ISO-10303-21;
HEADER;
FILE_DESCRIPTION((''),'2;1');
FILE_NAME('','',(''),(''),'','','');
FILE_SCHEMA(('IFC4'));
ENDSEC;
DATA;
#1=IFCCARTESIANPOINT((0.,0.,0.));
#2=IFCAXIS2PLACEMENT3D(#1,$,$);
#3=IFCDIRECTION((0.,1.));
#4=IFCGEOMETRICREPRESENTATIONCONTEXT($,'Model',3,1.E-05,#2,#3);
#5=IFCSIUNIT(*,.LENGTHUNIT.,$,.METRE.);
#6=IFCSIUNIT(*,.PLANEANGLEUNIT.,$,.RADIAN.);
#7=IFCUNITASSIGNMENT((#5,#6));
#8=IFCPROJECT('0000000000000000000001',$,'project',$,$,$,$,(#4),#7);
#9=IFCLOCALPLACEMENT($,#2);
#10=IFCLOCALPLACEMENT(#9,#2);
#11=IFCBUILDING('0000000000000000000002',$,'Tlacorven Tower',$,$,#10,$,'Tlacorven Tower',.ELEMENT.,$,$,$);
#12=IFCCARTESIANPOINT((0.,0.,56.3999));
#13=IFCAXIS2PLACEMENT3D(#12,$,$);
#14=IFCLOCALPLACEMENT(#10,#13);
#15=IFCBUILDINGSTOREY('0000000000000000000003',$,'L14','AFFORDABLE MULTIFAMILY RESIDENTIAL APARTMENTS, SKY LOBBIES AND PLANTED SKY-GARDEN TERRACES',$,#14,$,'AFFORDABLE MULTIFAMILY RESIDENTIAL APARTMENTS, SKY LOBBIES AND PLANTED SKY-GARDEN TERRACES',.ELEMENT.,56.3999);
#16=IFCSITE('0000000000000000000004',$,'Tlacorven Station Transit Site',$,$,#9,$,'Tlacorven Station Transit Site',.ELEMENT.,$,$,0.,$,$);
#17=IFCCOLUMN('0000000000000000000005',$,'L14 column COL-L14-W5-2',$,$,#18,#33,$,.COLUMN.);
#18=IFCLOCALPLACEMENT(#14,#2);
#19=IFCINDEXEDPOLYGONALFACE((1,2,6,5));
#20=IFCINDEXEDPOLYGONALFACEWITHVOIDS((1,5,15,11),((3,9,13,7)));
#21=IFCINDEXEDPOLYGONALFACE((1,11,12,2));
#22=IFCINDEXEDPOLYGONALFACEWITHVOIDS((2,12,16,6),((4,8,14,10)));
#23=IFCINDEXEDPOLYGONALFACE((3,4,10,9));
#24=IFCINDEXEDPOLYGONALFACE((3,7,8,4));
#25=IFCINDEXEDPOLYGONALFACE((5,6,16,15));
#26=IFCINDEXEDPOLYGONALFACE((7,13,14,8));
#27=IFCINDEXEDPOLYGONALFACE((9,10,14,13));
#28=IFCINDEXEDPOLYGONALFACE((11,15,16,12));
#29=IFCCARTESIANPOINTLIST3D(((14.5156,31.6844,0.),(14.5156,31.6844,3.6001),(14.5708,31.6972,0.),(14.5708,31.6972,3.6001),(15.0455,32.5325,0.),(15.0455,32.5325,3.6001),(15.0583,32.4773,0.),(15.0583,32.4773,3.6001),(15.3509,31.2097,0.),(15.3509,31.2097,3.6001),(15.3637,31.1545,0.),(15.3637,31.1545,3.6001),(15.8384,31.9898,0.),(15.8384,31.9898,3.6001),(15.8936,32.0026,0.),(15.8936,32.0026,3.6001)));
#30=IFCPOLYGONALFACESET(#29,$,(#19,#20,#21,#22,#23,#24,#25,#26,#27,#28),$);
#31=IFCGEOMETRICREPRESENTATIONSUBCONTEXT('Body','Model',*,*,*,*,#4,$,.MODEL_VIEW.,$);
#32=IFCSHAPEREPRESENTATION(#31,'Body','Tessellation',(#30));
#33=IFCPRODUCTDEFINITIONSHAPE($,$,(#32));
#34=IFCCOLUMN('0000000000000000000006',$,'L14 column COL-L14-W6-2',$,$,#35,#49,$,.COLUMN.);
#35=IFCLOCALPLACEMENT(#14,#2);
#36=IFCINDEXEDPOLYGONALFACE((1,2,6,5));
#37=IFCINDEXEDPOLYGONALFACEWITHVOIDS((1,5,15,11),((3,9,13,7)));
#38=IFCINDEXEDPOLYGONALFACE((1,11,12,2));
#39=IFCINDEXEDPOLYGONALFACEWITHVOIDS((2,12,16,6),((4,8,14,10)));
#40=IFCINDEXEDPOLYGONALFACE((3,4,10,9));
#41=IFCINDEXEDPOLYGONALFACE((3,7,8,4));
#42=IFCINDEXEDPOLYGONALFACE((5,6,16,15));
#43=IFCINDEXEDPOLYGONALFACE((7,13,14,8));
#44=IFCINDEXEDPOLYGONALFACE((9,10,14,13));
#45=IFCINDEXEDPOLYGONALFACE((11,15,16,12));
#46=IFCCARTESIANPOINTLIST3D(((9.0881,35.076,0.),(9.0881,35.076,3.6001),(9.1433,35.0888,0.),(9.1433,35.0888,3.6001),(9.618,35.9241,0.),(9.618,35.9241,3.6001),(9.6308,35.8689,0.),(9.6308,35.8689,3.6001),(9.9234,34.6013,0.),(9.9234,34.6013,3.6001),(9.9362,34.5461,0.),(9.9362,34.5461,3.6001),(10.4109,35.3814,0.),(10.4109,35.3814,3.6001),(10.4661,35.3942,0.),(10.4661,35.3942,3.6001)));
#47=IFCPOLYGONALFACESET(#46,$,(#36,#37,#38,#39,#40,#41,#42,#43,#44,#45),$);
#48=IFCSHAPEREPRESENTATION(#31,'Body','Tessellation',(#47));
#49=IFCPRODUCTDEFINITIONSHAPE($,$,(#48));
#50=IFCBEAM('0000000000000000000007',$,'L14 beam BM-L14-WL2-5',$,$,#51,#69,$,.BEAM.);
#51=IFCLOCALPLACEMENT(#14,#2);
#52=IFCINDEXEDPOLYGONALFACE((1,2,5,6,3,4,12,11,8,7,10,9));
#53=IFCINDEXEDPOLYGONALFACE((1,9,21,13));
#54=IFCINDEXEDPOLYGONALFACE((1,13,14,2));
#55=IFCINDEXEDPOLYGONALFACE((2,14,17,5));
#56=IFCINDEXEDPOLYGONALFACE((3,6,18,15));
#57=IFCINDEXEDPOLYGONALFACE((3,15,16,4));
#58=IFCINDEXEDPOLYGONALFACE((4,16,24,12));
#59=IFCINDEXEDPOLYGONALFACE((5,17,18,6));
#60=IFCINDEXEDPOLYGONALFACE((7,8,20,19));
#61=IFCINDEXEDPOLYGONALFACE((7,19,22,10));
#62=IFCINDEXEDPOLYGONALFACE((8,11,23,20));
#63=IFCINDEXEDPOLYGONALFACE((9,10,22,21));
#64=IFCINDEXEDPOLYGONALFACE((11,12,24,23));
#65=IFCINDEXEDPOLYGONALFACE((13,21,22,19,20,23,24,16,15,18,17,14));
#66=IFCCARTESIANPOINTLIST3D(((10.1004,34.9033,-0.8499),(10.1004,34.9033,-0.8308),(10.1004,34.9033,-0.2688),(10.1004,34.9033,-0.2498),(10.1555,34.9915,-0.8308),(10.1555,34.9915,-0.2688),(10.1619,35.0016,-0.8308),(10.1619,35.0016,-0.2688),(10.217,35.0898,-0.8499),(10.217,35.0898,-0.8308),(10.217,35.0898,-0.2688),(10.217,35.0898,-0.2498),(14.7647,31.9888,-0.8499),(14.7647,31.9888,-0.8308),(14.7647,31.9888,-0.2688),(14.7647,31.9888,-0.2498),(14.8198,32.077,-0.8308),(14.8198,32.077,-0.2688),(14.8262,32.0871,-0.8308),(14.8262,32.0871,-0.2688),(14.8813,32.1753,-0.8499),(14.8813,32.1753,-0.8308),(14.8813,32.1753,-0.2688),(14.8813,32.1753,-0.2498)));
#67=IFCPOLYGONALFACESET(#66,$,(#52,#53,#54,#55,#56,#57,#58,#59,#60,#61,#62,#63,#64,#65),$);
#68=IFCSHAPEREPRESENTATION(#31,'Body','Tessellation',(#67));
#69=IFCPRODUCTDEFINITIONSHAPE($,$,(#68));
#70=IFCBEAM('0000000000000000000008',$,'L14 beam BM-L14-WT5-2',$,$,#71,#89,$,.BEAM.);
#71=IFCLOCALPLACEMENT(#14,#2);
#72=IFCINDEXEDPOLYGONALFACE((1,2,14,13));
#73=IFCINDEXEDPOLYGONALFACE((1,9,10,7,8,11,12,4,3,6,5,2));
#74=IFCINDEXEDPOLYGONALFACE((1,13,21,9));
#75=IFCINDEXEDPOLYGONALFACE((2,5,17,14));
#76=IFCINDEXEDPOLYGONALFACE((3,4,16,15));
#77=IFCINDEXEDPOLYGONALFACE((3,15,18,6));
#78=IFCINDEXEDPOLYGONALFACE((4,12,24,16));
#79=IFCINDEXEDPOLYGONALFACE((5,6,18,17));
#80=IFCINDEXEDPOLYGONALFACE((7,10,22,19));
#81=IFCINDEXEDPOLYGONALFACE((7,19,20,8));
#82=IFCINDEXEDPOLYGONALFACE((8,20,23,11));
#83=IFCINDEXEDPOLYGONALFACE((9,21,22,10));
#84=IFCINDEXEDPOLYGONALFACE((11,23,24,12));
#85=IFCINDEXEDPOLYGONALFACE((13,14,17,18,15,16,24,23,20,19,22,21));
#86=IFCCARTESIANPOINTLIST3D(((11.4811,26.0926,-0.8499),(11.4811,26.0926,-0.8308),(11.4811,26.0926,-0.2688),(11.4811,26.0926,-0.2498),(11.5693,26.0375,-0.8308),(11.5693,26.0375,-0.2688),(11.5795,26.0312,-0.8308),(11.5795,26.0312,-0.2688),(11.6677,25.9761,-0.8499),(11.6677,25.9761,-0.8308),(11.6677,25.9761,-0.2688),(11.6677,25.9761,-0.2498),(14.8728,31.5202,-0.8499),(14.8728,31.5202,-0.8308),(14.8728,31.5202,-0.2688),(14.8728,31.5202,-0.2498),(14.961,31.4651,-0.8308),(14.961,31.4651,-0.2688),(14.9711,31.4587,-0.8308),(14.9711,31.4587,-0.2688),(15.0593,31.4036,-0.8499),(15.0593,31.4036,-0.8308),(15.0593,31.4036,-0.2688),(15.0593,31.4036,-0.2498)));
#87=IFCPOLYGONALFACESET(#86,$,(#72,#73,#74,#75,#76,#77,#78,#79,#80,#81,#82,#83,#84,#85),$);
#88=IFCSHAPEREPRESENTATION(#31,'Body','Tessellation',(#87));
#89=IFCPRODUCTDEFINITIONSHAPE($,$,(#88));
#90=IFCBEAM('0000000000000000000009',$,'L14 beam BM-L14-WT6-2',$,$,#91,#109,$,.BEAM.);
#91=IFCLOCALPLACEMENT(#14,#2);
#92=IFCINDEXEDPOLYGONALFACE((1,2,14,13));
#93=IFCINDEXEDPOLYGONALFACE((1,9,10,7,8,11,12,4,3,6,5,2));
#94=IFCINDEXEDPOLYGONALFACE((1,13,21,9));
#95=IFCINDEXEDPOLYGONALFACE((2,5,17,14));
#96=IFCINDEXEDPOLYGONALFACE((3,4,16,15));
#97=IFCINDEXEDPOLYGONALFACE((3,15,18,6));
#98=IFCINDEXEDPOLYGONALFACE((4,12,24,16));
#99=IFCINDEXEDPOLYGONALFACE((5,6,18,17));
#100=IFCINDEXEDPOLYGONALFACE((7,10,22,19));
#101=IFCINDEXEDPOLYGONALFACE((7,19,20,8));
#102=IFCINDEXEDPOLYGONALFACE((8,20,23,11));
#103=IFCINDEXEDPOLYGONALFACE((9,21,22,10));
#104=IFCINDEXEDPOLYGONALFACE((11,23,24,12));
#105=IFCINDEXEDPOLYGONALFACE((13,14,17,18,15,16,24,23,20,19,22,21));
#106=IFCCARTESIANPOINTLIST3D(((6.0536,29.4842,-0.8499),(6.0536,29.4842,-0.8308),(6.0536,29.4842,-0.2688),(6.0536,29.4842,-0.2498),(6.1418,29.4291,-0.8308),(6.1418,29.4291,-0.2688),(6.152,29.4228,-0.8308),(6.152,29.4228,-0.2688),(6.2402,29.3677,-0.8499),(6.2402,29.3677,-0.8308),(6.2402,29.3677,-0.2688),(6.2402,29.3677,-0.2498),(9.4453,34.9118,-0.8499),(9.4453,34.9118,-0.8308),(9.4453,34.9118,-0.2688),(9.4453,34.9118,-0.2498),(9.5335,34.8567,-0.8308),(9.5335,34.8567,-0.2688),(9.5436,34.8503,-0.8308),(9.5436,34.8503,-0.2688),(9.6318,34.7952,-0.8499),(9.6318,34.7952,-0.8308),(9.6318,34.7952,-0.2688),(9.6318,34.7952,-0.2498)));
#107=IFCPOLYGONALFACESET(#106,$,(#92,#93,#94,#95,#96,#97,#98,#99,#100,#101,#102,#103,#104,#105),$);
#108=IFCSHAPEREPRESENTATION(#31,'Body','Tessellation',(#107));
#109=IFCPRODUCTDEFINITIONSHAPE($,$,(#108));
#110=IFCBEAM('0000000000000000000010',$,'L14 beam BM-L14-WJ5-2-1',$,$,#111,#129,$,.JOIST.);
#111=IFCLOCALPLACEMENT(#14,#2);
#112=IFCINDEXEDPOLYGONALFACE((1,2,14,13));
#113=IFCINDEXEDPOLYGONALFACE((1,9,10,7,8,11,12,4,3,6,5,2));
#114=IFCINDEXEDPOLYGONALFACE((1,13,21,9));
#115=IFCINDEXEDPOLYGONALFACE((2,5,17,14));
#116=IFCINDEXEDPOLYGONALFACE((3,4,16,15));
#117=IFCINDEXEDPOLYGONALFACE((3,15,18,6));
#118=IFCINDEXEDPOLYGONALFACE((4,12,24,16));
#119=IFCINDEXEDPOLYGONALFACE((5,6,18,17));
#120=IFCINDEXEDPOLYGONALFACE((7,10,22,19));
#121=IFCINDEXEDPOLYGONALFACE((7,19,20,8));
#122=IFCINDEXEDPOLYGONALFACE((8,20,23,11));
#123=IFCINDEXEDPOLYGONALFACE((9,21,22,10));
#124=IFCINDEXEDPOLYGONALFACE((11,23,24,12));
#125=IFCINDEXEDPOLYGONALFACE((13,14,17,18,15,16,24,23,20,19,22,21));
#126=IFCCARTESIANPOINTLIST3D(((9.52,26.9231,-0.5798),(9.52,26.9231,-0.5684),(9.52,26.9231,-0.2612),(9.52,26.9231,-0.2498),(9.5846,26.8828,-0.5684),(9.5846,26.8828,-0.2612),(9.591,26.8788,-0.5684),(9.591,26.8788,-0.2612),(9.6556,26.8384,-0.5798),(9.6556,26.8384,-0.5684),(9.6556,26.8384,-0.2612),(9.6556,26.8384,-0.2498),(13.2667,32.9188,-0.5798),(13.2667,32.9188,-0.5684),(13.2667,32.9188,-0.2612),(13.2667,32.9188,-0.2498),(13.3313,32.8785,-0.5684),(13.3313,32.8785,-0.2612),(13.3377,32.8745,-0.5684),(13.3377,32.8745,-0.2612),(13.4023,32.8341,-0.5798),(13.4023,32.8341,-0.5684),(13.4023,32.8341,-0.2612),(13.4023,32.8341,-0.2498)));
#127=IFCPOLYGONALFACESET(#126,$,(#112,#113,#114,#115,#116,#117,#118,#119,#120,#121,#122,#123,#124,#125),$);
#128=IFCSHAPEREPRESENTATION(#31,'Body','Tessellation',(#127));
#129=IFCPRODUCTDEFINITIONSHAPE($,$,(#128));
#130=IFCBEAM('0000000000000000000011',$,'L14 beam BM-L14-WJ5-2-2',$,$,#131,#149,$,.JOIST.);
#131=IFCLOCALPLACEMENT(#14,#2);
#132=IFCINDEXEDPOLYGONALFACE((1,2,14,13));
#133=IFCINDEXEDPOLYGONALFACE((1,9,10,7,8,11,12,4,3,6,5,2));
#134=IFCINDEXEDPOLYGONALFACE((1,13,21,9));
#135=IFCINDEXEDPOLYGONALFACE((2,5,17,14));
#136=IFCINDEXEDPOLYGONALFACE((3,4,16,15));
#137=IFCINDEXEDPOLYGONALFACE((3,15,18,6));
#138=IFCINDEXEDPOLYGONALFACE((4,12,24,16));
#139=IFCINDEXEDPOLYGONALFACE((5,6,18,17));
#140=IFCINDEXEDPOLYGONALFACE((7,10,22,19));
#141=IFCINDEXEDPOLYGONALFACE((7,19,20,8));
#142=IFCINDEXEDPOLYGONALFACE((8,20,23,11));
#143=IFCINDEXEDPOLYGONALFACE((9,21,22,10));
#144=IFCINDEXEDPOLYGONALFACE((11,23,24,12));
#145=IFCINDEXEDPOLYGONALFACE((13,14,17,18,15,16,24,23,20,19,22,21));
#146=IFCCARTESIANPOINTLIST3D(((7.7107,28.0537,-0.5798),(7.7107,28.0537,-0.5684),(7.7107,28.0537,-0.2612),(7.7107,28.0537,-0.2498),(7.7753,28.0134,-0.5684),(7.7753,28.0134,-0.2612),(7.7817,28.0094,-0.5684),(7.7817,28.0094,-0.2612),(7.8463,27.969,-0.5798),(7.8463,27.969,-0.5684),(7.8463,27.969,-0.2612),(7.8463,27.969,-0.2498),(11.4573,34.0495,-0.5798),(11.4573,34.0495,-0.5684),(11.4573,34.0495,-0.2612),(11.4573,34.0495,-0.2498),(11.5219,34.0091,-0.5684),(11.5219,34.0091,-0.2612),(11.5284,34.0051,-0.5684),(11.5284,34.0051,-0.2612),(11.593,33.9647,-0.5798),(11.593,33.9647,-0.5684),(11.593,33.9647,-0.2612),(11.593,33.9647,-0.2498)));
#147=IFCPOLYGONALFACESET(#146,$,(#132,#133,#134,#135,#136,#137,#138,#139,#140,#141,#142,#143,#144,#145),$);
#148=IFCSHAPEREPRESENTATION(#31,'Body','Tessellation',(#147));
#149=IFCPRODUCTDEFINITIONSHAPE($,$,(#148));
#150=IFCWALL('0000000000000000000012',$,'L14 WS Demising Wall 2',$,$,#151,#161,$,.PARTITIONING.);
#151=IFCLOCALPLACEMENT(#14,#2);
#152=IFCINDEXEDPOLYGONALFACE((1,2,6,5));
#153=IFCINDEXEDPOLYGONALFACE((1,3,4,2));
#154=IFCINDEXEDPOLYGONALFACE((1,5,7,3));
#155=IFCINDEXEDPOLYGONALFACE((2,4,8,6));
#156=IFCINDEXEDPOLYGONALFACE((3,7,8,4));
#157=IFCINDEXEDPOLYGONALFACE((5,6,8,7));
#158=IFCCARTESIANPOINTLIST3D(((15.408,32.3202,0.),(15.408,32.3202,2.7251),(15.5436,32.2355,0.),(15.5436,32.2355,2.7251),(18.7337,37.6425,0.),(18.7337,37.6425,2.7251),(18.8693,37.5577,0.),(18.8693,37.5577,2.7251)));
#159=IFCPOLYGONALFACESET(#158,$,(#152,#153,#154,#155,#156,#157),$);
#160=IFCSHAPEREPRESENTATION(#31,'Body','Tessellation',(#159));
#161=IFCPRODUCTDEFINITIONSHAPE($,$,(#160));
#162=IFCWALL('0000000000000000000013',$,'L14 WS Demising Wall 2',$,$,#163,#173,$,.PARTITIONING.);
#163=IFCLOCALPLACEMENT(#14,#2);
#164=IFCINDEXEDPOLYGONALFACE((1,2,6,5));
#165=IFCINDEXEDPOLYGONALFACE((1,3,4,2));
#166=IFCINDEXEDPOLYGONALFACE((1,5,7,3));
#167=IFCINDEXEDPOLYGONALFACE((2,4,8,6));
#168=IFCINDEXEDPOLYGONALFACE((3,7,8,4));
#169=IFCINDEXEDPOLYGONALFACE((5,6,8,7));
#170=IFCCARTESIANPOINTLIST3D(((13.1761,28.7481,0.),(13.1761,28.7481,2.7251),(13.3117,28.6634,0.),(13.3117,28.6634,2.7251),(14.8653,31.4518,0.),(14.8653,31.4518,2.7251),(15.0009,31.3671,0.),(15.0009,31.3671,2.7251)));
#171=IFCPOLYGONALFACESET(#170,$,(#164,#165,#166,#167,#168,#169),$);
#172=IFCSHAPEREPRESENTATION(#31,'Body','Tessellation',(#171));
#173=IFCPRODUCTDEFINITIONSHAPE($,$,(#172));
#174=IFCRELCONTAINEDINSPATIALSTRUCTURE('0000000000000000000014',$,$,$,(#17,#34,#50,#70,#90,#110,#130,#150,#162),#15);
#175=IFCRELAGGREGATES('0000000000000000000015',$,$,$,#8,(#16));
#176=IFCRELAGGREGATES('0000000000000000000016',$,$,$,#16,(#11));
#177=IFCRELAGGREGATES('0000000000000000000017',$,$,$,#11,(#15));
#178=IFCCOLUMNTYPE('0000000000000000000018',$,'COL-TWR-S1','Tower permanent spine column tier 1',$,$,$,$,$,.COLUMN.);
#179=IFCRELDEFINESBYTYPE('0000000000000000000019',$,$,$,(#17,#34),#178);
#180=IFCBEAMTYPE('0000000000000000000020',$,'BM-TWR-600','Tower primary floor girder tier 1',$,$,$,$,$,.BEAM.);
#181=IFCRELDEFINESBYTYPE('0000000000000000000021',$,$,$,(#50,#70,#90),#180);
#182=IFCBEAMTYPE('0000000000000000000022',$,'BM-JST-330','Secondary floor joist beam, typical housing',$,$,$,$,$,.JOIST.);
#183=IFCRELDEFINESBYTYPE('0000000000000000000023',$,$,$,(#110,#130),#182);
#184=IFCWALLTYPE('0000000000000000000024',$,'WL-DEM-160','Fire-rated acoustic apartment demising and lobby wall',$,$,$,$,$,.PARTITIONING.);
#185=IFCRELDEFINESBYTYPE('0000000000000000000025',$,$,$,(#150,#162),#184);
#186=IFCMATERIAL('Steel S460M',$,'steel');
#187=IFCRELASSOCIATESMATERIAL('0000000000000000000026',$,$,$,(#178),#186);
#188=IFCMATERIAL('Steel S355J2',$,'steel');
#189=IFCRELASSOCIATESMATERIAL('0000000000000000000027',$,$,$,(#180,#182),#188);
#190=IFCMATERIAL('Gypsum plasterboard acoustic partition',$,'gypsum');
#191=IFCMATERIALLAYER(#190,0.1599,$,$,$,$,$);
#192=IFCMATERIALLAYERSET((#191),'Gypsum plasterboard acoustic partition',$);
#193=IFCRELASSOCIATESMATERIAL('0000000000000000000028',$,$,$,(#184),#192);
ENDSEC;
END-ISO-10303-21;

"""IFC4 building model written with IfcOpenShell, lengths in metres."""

from ifc_helpers import new_model, si_unit, direction, frame, frame_2d, origin, origin_2d, place, context, subcontext, project, spatial, rectangle, hollow_rectangle, i_section, extrude, source, transform, mapped, material, layer, layer_set, material_profile, profile_set, type_object, element, save


model = new_model("IFC4")

# Units and contexts
model_context = context("Model", 3, precision=1e-05, world=origin(), true_north=direction((0.0, 1.0)))
body_context = subcontext(model_context, "Body", "Model", "MODEL_VIEW")
ifc_project = project(units=[si_unit("LENGTHUNIT", "METRE"), si_unit("PLANEANGLEUNIT", "RADIAN")], contexts=[model_context])

# Site, building, storey
site_placement = place(None, origin())
site = spatial("IfcSite", under=ifc_project, at=site_placement, Name="Tlacorven Station Transit Site", LongName="Tlacorven Station Transit Site", CompositionType="ELEMENT", RefElevation=0.0)
building_placement = place(site_placement, origin())
building = spatial("IfcBuilding", under=site, at=building_placement, Name="Tlacorven Tower", LongName="Tlacorven Tower", CompositionType="ELEMENT")
storey_placement = place(building_placement, frame((0.0, 0.0, 56.3999)))
storey = spatial("IfcBuildingStorey", under=building, at=storey_placement, Name="L14", Description="AFFORDABLE MULTIFAMILY RESIDENTIAL APARTMENTS, SKY LOBBIES AND PLANTED SKY-GARDEN TERRACES", LongName="AFFORDABLE MULTIFAMILY RESIDENTIAL APARTMENTS, SKY LOBBIES AND PLANTED SKY-GARDEN TERRACES", CompositionType="ELEMENT", Elevation=56.3999)

# Columns
ifc_material_1 = material(Name="Steel S460M", Category="steel")
ifc_material_profile_1 = material_profile(ifc_material_1, hollow_rectangle(XDim=1.0, YDim=1.0, WallThickness=0.04, at=origin_2d()), Name="BOX 1000X1000X40")
ifc_profile_set_1 = profile_set([ifc_material_profile_1], Name="Steel S460M")
column_type = type_object("IfcColumnType", Name="COL-TWR-S1", Description="Tower permanent spine column tier 1", PredefinedType="COLUMN", material=ifc_profile_set_1)
shared_shape_1 = source(origin(), body_context, "Body", "SweptSolid", [
    extrude(hollow_rectangle(XDim=1.0, YDim=1.0, WallThickness=0.04, at=origin_2d()), origin(), (0.0, 0.0, 1.0), 3.6001),
])
for number, where, z_axis, x_axis, name in (
    (1, (15.2046, 31.8435, 0.0), (0.0, 0.0, 1.0), (-0.848048, 0.529919, 0.0), "L14 column COL-L14-W5-2"),
    (2, (9.7771, 35.2351, 0.0), (0.0, 0.0, 1.0), (-0.848048, 0.529919, 0.0), "L14 column COL-L14-W6-2"),
):
    element("IfcColumn", number, at=place(storey_placement, frame(where, z_axis=z_axis, x_axis=x_axis)), inside=storey, type_object=column_type, Name=name, PredefinedType="COLUMN", context=body_context, shape_type="MappedRepresentation", body=[
        mapped(shared_shape_1, transform((0.0, 0.0, 0.0), scale=1.0)),
    ])

# Beams
ifc_material_2 = material(Name="Steel S355J2", Category="steel")
ifc_material_profile_2 = material_profile(ifc_material_2, i_section(OverallWidth=0.22, OverallDepth=0.6001, WebThickness=0.012, FlangeThickness=0.019, at=origin_2d()), Name="IPE 600")
ifc_profile_set_2 = profile_set([ifc_material_profile_2], Name="Steel S355J2")
beam_type_1 = type_object("IfcBeamType", Name="BM-TWR-600", Description="Tower primary floor girder tier 1", PredefinedType="BEAM", material=ifc_profile_set_2)
shared_shape_2 = source(origin(), body_context, "Body", "SweptSolid", [
    extrude(i_section(OverallWidth=0.22, OverallDepth=0.6001, WebThickness=0.012, FlangeThickness=0.019, at=origin_2d()), origin(), (0.0, 0.0, 1.0), 5.5),
])
beam_placement = place(storey_placement, frame((14.823, 32.082, -0.5498), z_axis=(-0.848051, 0.529915, 0.0), x_axis=(-0.529915, -0.848051, 0.0)))
element("IfcBeam", 3, at=beam_placement, inside=storey, type_object=beam_type_1, Name="L14 beam BM-L14-WL2-5", PredefinedType="BEAM", context=body_context, shape_type="MappedRepresentation", body=[
    mapped(shared_shape_2, transform((0.0, 0.0, 0.0), scale=1.0)),
])
shared_shape_3 = source(origin(), body_context, "Body", "SweptSolid", [
    extrude(i_section(OverallWidth=0.22, OverallDepth=0.6001, WebThickness=0.012, FlangeThickness=0.019, at=origin_2d()), origin(), (0.0, 0.0, 1.0), 6.4001),
])
for number, where, z_axis, x_axis, name in (
    (4, (14.9661, 31.4619, -0.5498), (-0.529934, -0.848039, 0.0), (0.848039, -0.529934, 0.0), "L14 beam BM-L14-WT5-2"),
    (5, (9.5386, 34.8535, -0.5498), (-0.529934, -0.848039, 0.0), (0.848039, -0.529934, 0.0), "L14 beam BM-L14-WT6-2"),
):
    element("IfcBeam", number, at=place(storey_placement, frame(where, z_axis=z_axis, x_axis=x_axis)), inside=storey, type_object=beam_type_1, Name=name, PredefinedType="BEAM", context=body_context, shape_type="MappedRepresentation", body=[
        mapped(shared_shape_3, transform((0.0, 0.0, 0.0), scale=1.0)),
    ])
ifc_material_profile_3 = material_profile(ifc_material_2, i_section(OverallWidth=0.1599, OverallDepth=0.3301, WebThickness=0.0076, FlangeThickness=0.0115, at=origin_2d()), Name="IPE 330")
ifc_profile_set_3 = profile_set([ifc_material_profile_3], Name="Steel S355J2")
beam_type_2 = type_object("IfcBeamType", Name="BM-JST-330", Description="Secondary floor joist beam, typical housing", PredefinedType="JOIST", material=ifc_profile_set_3)
shared_shape_4 = source(origin(), body_context, "Body", "SweptSolid", [
    extrude(i_section(OverallWidth=0.1599, OverallDepth=0.3301, WebThickness=0.0076, FlangeThickness=0.0115, at=origin_2d()), origin(), (0.0, 0.0, 1.0), 7.0701),
])
for number, where, z_axis, x_axis, name in (
    (6, (13.3345, 32.8765, -0.4148), (-0.529931, -0.848041, 0.0), (0.848041, -0.529931, 0.0), "L14 beam BM-L14-WJ5-2-1"),
    (7, (11.5251, 34.0071, -0.4148), (-0.529931, -0.848041, 0.0), (0.848041, -0.529931, 0.0), "L14 beam BM-L14-WJ5-2-2"),
):
    element("IfcBeam", number, at=place(storey_placement, frame(where, z_axis=z_axis, x_axis=x_axis)), inside=storey, type_object=beam_type_2, Name=name, PredefinedType="JOIST", context=body_context, shape_type="MappedRepresentation", body=[
        mapped(shared_shape_4, transform((0.0, 0.0, 0.0), scale=1.0)),
    ])

# Walls
ifc_material_3 = material(Name="Gypsum plasterboard acoustic partition", Category="gypsum")
ifc_layer_1 = layer(ifc_material_3, 0.1599)
ifc_layer_set_1 = layer_set([ifc_layer_1], Name="Gypsum plasterboard acoustic partition")
wall_type_1 = type_object("IfcWallType", Name="WL-DEM-160", Description="Fire-rated acoustic apartment demising and lobby wall", PredefinedType="PARTITIONING", material=ifc_layer_set_1)
wall_1_placement = place(storey_placement, frame((18.8015, 37.6001, 0.0), z_axis=(0.0, 0.0, 1.0), x_axis=(-0.529915, -0.848051, 0.0)))
element("IfcWall", 8, at=wall_1_placement, inside=storey, type_object=wall_type_1, Name="L14 WS Demising Wall 2", PredefinedType="PARTITIONING", context=body_context, shape_type="SweptSolid", body=[
    extrude(rectangle(XDim=6.2759, YDim=0.1599, at=frame_2d((3.1379, 0.0))), origin(), (0.0, 0.0, 1.0), 2.7251),
])
wall_2_placement = place(storey_placement, frame((14.9331, 31.4094, 0.0), z_axis=(0.0, 0.0, 1.0), x_axis=(-0.529875, -0.848076, 0.0)))
element("IfcWall", 9, at=wall_2_placement, inside=storey, type_object=wall_type_1, Name="L14 WS Demising Wall 2", PredefinedType="PARTITIONING", context=body_context, shape_type="SweptSolid", body=[
    extrude(rectangle(XDim=3.188, YDim=0.1599, at=frame_2d((1.594, 0.0))), origin(), (0.0, 0.0, 1.0), 2.7251),
])

save(model, "model.ifc")
